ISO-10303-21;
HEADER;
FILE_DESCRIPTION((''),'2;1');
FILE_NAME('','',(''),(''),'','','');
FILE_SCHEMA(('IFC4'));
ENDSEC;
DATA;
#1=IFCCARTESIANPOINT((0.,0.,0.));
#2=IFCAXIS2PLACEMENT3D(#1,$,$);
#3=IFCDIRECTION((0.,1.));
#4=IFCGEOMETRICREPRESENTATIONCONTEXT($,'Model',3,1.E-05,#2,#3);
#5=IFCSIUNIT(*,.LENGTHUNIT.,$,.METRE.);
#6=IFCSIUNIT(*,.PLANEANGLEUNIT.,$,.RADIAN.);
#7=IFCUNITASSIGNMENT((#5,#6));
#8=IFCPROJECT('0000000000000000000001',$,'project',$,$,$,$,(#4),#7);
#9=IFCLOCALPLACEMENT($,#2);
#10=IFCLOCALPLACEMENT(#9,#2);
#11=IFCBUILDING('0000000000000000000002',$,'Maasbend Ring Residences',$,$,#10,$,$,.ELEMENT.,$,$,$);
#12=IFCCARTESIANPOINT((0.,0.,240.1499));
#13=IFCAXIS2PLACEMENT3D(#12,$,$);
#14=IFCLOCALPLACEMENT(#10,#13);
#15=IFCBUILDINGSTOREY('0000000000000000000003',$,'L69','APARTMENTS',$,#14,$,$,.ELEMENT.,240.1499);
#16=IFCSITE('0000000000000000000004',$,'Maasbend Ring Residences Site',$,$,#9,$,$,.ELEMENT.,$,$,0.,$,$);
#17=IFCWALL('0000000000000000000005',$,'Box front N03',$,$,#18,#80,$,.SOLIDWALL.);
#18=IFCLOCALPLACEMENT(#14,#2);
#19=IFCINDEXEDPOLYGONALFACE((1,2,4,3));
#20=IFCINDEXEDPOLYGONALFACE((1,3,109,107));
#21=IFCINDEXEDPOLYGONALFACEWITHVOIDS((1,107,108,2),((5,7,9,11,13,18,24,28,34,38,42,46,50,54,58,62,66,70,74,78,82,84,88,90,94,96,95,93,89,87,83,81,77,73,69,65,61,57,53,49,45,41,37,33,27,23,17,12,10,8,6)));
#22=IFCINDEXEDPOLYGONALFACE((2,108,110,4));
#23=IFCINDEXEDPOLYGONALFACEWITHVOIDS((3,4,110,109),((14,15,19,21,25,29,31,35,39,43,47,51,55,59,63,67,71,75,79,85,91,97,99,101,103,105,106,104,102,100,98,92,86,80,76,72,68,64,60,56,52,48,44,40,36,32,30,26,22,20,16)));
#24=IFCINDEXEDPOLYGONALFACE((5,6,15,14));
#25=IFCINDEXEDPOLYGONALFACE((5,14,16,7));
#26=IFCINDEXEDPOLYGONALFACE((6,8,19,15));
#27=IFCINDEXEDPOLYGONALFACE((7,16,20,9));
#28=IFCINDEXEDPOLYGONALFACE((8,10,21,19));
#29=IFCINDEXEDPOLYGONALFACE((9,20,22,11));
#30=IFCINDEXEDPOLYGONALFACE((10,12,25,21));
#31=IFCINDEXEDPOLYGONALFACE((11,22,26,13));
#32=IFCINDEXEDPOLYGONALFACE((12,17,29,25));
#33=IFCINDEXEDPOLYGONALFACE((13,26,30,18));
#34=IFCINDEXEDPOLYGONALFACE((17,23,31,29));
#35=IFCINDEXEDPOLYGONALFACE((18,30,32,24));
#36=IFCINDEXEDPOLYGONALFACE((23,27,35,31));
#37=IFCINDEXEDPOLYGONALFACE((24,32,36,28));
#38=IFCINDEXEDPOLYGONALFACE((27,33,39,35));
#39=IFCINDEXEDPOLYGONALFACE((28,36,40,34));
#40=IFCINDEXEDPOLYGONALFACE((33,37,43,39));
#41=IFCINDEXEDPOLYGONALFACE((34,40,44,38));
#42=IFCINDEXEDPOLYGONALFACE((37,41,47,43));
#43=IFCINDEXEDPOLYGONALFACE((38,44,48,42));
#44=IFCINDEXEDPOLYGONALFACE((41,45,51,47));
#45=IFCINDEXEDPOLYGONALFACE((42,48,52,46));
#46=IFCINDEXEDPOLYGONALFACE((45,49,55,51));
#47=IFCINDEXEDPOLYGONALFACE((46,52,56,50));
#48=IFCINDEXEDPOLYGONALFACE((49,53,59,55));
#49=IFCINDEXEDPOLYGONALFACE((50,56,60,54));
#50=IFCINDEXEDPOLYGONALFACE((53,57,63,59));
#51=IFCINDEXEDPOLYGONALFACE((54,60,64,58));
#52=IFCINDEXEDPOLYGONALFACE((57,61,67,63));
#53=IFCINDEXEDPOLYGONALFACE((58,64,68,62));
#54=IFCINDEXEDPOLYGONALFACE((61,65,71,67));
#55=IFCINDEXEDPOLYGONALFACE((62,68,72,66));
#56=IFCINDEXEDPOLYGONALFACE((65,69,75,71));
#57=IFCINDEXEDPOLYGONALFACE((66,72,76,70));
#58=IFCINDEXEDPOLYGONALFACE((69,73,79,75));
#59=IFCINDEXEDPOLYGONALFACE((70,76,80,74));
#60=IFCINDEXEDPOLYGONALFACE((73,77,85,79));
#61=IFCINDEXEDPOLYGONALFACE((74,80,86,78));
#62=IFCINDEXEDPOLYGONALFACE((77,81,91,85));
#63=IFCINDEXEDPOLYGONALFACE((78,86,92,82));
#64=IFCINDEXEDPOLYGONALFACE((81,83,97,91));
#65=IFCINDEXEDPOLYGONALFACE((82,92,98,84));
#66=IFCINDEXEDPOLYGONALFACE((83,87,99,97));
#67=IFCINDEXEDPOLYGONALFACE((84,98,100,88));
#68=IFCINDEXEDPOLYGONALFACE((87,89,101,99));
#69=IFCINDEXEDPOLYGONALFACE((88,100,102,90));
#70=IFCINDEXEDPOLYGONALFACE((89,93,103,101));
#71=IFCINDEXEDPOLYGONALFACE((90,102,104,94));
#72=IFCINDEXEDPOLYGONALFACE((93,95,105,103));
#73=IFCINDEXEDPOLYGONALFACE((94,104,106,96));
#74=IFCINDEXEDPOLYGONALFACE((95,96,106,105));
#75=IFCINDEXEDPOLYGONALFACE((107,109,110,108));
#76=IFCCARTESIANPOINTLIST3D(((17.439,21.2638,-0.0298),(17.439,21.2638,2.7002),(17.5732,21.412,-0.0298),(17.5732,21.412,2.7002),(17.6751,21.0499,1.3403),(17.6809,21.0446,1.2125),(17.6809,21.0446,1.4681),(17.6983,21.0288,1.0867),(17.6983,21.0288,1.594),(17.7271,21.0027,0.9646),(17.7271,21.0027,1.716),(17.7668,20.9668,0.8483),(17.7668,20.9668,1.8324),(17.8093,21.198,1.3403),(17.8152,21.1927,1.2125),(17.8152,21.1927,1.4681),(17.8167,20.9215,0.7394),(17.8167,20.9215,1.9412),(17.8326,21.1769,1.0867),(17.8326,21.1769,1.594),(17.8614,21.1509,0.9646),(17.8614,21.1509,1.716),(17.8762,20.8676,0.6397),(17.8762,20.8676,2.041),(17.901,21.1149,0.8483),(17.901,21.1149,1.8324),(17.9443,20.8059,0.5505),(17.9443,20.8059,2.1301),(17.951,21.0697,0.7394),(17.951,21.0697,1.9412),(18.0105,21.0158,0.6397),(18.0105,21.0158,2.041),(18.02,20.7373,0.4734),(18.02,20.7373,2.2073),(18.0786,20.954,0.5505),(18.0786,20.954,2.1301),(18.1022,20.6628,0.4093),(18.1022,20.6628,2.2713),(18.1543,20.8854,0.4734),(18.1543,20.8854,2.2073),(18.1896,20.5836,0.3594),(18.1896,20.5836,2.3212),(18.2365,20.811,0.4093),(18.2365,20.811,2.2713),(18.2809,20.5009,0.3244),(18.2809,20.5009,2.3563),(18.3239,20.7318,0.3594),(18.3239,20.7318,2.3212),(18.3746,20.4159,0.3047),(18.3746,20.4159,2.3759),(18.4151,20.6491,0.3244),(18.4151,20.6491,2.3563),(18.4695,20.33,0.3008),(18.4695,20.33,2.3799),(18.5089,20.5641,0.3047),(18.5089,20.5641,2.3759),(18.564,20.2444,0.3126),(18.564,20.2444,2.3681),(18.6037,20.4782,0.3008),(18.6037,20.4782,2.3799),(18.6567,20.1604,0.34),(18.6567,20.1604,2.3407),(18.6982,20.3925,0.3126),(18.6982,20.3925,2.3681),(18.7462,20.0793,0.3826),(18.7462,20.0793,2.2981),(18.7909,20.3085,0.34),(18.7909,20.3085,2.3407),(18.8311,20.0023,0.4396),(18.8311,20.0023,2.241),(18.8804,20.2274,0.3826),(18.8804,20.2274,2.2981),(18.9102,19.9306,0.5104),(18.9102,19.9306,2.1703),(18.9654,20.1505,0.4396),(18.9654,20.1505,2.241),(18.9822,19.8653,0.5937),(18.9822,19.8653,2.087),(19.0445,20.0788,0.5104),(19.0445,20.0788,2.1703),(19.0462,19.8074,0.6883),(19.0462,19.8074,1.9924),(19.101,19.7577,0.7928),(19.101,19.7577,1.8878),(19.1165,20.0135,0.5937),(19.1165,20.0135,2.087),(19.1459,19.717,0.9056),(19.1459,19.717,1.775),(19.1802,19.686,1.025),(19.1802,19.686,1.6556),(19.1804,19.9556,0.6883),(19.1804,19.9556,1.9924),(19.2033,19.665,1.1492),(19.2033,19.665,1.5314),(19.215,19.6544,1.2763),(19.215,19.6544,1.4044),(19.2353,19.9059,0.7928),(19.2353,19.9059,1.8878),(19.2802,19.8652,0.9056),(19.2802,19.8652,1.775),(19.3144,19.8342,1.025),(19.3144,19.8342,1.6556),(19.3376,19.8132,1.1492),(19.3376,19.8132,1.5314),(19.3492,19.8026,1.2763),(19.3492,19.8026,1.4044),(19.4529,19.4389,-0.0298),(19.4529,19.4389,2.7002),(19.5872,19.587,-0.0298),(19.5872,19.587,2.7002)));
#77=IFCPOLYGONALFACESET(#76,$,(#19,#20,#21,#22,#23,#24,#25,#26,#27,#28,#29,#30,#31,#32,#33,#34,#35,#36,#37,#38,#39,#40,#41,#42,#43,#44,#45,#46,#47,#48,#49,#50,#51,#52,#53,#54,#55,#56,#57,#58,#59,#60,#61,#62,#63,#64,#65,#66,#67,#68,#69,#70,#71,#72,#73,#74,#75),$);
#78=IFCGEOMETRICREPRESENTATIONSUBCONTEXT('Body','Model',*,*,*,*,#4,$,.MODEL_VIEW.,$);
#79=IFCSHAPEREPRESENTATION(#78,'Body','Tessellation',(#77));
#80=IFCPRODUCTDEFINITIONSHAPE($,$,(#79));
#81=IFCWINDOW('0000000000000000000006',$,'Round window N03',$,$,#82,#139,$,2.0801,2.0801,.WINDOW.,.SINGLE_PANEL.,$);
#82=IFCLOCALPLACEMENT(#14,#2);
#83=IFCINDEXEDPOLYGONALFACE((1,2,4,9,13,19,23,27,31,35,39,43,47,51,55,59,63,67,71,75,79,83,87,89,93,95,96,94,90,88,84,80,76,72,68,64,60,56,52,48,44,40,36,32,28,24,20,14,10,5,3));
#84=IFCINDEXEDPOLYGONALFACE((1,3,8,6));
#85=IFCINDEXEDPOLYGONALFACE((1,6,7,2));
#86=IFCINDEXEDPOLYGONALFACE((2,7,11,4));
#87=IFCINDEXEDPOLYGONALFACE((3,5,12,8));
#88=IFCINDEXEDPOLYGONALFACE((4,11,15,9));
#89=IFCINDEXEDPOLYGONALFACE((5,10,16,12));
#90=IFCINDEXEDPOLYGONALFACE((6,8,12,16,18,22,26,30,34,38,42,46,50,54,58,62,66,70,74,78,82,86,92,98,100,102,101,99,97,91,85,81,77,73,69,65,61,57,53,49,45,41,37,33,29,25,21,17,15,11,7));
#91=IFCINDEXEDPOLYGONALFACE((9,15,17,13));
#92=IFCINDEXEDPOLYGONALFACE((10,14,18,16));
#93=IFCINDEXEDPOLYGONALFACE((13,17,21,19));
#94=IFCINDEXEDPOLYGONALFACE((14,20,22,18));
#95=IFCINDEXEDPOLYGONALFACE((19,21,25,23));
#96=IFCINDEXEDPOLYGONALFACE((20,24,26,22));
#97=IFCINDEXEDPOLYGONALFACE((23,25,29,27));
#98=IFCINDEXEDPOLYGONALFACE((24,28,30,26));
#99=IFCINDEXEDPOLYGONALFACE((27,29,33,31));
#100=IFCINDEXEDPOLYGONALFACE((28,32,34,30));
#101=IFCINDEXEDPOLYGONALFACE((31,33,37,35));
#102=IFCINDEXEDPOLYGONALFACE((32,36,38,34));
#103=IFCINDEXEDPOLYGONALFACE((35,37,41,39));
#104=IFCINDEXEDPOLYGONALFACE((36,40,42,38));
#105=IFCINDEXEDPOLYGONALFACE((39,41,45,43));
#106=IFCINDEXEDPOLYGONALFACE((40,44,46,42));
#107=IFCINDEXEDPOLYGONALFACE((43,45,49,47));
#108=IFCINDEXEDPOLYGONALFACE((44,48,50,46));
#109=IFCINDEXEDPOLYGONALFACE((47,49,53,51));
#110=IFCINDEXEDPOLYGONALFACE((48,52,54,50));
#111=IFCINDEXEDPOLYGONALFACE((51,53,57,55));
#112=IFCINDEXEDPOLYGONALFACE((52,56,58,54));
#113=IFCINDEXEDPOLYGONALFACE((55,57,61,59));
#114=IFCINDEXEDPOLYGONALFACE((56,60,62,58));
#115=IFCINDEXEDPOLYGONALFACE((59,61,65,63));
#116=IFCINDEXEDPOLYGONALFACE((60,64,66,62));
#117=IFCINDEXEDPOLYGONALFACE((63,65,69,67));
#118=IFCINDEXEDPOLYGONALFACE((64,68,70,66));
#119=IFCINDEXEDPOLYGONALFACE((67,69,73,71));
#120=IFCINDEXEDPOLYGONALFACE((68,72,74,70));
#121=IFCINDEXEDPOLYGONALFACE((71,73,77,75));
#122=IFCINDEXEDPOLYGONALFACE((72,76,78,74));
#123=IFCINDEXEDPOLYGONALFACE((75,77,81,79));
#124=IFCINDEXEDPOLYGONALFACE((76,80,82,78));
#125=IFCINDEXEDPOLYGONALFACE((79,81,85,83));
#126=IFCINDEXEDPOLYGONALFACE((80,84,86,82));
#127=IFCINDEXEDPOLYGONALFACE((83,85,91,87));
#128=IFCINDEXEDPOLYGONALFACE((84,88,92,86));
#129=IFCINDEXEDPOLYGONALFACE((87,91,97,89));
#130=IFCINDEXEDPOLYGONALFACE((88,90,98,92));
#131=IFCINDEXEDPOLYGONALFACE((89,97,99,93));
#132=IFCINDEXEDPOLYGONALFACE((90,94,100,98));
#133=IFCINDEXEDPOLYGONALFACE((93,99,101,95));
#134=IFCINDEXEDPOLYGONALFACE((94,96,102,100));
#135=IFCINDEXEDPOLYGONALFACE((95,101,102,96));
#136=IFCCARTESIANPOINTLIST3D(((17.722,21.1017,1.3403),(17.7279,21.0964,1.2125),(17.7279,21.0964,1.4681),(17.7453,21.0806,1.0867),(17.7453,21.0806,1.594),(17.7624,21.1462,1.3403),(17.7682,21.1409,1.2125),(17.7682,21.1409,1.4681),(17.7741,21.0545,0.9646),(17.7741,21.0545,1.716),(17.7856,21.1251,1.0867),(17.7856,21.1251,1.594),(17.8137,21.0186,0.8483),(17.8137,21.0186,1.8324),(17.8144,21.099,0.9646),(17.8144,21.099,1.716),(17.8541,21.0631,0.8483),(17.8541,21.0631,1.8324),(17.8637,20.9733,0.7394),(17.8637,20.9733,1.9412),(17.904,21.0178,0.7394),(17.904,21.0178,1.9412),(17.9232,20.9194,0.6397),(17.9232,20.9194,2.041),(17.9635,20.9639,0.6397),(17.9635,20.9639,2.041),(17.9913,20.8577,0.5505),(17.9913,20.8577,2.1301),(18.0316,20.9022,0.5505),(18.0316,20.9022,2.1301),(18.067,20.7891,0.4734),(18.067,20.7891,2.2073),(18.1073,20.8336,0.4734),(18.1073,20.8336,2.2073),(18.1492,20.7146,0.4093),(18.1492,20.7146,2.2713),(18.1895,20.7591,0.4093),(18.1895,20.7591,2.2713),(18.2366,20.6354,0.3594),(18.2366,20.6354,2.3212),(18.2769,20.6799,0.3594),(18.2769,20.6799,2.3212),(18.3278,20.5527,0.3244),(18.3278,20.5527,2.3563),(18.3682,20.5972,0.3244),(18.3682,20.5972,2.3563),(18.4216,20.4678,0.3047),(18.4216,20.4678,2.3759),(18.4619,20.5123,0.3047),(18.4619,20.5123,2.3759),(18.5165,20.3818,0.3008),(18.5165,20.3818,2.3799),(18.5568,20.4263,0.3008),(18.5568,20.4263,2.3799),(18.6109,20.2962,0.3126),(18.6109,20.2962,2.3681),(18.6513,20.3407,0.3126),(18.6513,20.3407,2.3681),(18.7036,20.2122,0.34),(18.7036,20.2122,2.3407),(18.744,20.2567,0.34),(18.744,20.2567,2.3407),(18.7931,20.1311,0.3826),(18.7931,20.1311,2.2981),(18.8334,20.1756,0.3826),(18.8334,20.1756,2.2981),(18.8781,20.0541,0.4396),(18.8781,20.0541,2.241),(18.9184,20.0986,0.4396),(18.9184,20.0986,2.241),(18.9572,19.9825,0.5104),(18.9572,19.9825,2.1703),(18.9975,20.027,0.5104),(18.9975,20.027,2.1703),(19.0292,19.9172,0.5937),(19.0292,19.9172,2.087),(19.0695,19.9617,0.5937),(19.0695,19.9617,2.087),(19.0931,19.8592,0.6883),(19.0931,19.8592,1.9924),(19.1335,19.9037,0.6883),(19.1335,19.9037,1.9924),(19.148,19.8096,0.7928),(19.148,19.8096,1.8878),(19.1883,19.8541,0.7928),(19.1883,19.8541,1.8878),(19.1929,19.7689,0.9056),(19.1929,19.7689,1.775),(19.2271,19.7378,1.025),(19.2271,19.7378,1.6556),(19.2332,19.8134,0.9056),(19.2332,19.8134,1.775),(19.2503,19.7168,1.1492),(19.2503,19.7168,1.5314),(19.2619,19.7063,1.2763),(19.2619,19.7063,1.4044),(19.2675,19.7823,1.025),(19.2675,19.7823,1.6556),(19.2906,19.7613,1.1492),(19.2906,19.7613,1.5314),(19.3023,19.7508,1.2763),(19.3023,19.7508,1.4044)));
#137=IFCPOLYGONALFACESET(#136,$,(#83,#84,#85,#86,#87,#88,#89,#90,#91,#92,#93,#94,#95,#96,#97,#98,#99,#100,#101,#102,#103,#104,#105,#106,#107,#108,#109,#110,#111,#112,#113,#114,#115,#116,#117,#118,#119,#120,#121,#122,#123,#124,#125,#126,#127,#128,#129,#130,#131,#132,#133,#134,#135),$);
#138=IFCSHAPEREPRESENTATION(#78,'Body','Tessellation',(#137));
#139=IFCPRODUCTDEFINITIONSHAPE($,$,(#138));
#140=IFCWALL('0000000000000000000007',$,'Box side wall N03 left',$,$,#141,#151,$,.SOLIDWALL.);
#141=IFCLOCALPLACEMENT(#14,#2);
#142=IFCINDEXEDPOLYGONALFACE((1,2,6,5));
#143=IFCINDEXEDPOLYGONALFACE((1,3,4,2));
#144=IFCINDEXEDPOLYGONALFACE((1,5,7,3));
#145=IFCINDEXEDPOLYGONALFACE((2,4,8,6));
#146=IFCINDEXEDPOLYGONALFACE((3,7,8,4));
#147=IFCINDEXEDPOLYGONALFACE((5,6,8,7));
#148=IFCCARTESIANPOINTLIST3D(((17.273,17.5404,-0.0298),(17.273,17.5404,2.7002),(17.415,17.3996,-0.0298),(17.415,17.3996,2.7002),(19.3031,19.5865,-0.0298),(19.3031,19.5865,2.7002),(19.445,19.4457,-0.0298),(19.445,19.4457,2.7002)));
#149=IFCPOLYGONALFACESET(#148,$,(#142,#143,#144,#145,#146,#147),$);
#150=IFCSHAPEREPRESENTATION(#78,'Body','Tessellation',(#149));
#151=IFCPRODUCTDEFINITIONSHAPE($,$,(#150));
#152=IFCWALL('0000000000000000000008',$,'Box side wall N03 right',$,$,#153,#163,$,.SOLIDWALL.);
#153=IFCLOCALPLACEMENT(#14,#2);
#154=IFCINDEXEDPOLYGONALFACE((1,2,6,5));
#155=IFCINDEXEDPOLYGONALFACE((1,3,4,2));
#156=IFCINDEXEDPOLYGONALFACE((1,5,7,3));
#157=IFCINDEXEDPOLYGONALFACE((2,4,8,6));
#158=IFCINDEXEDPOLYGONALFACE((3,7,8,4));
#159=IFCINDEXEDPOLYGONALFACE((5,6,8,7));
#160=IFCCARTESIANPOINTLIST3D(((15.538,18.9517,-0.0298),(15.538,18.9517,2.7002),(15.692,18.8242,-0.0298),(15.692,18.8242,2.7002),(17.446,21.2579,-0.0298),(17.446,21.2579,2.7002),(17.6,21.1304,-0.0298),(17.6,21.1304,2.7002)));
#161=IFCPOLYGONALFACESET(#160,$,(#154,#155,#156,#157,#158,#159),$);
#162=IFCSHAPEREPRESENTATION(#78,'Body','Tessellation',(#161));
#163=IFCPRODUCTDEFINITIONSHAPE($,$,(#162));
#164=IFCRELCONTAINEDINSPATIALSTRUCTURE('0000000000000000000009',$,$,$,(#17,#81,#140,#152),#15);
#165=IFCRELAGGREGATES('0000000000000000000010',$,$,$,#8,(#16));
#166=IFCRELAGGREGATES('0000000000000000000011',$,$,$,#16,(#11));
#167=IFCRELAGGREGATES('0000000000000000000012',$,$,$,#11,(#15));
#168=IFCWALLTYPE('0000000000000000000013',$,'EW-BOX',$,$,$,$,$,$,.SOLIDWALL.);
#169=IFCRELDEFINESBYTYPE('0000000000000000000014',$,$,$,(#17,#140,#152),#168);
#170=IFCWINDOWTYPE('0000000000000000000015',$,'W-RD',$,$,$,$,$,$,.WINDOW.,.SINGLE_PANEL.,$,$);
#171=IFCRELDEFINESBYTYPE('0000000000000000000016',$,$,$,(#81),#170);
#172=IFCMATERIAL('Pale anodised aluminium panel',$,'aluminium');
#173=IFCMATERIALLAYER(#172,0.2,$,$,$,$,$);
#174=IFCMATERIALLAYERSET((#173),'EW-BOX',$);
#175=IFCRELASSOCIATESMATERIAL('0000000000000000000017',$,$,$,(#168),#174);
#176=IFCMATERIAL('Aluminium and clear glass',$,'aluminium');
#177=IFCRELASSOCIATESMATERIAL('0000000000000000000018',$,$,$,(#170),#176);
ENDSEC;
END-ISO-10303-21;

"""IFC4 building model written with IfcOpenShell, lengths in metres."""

from ifc_helpers import new_model, si_unit, direction, frame, frame_2d, origin, place, context, subcontext, project, spatial, rectangle, circle, extrude, material, layer, layer_set, type_object, element, fill, save


model = new_model("IFC4")

# Units and contexts
model_context = context("Model", 3, precision=1e-05, world=origin(), true_north=direction((0.0, 1.0)))
body_context = subcontext(model_context, "Body", "Model", "MODEL_VIEW")
ifc_project = project(units=[si_unit("LENGTHUNIT", "METRE"), si_unit("PLANEANGLEUNIT", "RADIAN")], contexts=[model_context])

# Site, building, storey
site_placement = place(None, origin())
site = spatial("IfcSite", under=ifc_project, at=site_placement, Name="Maasbend Ring Residences Site", CompositionType="ELEMENT", RefElevation=0.0)
building_placement = place(site_placement, origin())
building = spatial("IfcBuilding", under=site, at=building_placement, Name="Maasbend Ring Residences", CompositionType="ELEMENT")
storey_placement = place(building_placement, frame((0.0, 0.0, 240.1499)))
storey = spatial("IfcBuildingStorey", under=building, at=storey_placement, Name="L69", Description="APARTMENTS", CompositionType="ELEMENT", Elevation=240.1499)

# Wall, opening, window
ifc_material_1 = material(Name="Pale anodised aluminium panel", Category="aluminium")
ifc_layer_1 = layer(ifc_material_1, 0.2)
ifc_layer_set_1 = layer_set([ifc_layer_1], Name="EW-BOX")
wall_type_1 = type_object("IfcWallType", Name="EW-BOX", PredefinedType="SOLIDWALL", material=ifc_layer_set_1)
wall_1_placement = place(storey_placement, frame((19.52, 19.5129, -0.0298), z_axis=(0.0, 0.0, 1.0), x_axis=(-0.741016, 0.671487, 0.0)))
wall_1 = element("IfcWall", 1, at=wall_1_placement, inside=storey, type_object=wall_type_1, Name="Box front N03", PredefinedType="SOLIDWALL", context=body_context, shape_type="SweptSolid", body=[
    extrude(rectangle(XDim=2.7178, YDim=0.2, at=frame_2d((1.3589, 0.0))), origin(), (0.0, 0.0, 1.0), 2.73),
])
opening_1_placement = place(wall_1_placement, frame((0.3191, 0.0, 0.3301)))
opening_1 = element("IfcOpeningElement", 2, at=opening_1_placement, cuts=wall_1, PredefinedType="OPENING", context=body_context, shape_type="SweptSolid", body=[
    extrude(circle(Radius=1.04, at=frame_2d((1.04, 1.04))), frame((0.0, 0.1099, 0.0), z_axis=(0.0, -1.0, 0.0), x_axis=(1.0, 0.0, 0.0)), (0.0, 0.0, 1.0), 0.22),
])
ifc_material_2 = material(Name="Aluminium and clear glass", Category="aluminium")
window_type_1 = type_object("IfcWindowType", Name="W-RD", PartitioningType="SINGLE_PANEL", PredefinedType="WINDOW", material=ifc_material_2)
window_1_placement = place(opening_1_placement, origin())
window_1 = element("IfcWindow", 3, at=window_1_placement, inside=storey, type_object=window_type_1, Name="Round window N03", OverallHeight=2.0801, OverallWidth=2.0801, PartitioningType="SINGLE_PANEL", PredefinedType="WINDOW", context=body_context, shape_type="SweptSolid", body=[
    extrude(circle(Radius=1.04, at=frame_2d((1.04, 1.04))), frame((0.0, 0.03, 0.0), z_axis=(0.0, -1.0, 0.0), x_axis=(1.0, 0.0, 0.0)), (0.0, 0.0, 1.0), 0.0601),
])
fill(opening_1, window_1)

# Walls
wall_2_placement = place(storey_placement, frame((17.344, 17.47, -0.0298), z_axis=(0.0, 0.0, 1.0), x_axis=(0.704306, 0.709896, 0.0)))
element("IfcWall", 4, at=wall_2_placement, inside=storey, type_object=wall_type_1, Name="Box side wall N03 left", PredefinedType="SOLIDWALL", context=body_context, shape_type="SweptSolid", body=[
    extrude(rectangle(XDim=2.8823, YDim=0.2, at=frame_2d((1.4412, 0.0))), origin(), (0.0, 0.0, 1.0), 2.73),
])
wall_3_placement = place(storey_placement, frame((15.615, 18.8879, -0.0298), z_axis=(0.0, 0.0, 1.0), x_axis=(0.637453, 0.77049, 0.0)))
element("IfcWall", 5, at=wall_3_placement, inside=storey, type_object=wall_type_1, Name="Box side wall N03 right", PredefinedType="SOLIDWALL", context=body_context, shape_type="SweptSolid", body=[
    extrude(rectangle(XDim=2.9932, YDim=0.2, at=frame_2d((1.4966, 0.0))), origin(), (0.0, 0.0, 1.0), 2.73),
])

save(model, "model.ifc")
